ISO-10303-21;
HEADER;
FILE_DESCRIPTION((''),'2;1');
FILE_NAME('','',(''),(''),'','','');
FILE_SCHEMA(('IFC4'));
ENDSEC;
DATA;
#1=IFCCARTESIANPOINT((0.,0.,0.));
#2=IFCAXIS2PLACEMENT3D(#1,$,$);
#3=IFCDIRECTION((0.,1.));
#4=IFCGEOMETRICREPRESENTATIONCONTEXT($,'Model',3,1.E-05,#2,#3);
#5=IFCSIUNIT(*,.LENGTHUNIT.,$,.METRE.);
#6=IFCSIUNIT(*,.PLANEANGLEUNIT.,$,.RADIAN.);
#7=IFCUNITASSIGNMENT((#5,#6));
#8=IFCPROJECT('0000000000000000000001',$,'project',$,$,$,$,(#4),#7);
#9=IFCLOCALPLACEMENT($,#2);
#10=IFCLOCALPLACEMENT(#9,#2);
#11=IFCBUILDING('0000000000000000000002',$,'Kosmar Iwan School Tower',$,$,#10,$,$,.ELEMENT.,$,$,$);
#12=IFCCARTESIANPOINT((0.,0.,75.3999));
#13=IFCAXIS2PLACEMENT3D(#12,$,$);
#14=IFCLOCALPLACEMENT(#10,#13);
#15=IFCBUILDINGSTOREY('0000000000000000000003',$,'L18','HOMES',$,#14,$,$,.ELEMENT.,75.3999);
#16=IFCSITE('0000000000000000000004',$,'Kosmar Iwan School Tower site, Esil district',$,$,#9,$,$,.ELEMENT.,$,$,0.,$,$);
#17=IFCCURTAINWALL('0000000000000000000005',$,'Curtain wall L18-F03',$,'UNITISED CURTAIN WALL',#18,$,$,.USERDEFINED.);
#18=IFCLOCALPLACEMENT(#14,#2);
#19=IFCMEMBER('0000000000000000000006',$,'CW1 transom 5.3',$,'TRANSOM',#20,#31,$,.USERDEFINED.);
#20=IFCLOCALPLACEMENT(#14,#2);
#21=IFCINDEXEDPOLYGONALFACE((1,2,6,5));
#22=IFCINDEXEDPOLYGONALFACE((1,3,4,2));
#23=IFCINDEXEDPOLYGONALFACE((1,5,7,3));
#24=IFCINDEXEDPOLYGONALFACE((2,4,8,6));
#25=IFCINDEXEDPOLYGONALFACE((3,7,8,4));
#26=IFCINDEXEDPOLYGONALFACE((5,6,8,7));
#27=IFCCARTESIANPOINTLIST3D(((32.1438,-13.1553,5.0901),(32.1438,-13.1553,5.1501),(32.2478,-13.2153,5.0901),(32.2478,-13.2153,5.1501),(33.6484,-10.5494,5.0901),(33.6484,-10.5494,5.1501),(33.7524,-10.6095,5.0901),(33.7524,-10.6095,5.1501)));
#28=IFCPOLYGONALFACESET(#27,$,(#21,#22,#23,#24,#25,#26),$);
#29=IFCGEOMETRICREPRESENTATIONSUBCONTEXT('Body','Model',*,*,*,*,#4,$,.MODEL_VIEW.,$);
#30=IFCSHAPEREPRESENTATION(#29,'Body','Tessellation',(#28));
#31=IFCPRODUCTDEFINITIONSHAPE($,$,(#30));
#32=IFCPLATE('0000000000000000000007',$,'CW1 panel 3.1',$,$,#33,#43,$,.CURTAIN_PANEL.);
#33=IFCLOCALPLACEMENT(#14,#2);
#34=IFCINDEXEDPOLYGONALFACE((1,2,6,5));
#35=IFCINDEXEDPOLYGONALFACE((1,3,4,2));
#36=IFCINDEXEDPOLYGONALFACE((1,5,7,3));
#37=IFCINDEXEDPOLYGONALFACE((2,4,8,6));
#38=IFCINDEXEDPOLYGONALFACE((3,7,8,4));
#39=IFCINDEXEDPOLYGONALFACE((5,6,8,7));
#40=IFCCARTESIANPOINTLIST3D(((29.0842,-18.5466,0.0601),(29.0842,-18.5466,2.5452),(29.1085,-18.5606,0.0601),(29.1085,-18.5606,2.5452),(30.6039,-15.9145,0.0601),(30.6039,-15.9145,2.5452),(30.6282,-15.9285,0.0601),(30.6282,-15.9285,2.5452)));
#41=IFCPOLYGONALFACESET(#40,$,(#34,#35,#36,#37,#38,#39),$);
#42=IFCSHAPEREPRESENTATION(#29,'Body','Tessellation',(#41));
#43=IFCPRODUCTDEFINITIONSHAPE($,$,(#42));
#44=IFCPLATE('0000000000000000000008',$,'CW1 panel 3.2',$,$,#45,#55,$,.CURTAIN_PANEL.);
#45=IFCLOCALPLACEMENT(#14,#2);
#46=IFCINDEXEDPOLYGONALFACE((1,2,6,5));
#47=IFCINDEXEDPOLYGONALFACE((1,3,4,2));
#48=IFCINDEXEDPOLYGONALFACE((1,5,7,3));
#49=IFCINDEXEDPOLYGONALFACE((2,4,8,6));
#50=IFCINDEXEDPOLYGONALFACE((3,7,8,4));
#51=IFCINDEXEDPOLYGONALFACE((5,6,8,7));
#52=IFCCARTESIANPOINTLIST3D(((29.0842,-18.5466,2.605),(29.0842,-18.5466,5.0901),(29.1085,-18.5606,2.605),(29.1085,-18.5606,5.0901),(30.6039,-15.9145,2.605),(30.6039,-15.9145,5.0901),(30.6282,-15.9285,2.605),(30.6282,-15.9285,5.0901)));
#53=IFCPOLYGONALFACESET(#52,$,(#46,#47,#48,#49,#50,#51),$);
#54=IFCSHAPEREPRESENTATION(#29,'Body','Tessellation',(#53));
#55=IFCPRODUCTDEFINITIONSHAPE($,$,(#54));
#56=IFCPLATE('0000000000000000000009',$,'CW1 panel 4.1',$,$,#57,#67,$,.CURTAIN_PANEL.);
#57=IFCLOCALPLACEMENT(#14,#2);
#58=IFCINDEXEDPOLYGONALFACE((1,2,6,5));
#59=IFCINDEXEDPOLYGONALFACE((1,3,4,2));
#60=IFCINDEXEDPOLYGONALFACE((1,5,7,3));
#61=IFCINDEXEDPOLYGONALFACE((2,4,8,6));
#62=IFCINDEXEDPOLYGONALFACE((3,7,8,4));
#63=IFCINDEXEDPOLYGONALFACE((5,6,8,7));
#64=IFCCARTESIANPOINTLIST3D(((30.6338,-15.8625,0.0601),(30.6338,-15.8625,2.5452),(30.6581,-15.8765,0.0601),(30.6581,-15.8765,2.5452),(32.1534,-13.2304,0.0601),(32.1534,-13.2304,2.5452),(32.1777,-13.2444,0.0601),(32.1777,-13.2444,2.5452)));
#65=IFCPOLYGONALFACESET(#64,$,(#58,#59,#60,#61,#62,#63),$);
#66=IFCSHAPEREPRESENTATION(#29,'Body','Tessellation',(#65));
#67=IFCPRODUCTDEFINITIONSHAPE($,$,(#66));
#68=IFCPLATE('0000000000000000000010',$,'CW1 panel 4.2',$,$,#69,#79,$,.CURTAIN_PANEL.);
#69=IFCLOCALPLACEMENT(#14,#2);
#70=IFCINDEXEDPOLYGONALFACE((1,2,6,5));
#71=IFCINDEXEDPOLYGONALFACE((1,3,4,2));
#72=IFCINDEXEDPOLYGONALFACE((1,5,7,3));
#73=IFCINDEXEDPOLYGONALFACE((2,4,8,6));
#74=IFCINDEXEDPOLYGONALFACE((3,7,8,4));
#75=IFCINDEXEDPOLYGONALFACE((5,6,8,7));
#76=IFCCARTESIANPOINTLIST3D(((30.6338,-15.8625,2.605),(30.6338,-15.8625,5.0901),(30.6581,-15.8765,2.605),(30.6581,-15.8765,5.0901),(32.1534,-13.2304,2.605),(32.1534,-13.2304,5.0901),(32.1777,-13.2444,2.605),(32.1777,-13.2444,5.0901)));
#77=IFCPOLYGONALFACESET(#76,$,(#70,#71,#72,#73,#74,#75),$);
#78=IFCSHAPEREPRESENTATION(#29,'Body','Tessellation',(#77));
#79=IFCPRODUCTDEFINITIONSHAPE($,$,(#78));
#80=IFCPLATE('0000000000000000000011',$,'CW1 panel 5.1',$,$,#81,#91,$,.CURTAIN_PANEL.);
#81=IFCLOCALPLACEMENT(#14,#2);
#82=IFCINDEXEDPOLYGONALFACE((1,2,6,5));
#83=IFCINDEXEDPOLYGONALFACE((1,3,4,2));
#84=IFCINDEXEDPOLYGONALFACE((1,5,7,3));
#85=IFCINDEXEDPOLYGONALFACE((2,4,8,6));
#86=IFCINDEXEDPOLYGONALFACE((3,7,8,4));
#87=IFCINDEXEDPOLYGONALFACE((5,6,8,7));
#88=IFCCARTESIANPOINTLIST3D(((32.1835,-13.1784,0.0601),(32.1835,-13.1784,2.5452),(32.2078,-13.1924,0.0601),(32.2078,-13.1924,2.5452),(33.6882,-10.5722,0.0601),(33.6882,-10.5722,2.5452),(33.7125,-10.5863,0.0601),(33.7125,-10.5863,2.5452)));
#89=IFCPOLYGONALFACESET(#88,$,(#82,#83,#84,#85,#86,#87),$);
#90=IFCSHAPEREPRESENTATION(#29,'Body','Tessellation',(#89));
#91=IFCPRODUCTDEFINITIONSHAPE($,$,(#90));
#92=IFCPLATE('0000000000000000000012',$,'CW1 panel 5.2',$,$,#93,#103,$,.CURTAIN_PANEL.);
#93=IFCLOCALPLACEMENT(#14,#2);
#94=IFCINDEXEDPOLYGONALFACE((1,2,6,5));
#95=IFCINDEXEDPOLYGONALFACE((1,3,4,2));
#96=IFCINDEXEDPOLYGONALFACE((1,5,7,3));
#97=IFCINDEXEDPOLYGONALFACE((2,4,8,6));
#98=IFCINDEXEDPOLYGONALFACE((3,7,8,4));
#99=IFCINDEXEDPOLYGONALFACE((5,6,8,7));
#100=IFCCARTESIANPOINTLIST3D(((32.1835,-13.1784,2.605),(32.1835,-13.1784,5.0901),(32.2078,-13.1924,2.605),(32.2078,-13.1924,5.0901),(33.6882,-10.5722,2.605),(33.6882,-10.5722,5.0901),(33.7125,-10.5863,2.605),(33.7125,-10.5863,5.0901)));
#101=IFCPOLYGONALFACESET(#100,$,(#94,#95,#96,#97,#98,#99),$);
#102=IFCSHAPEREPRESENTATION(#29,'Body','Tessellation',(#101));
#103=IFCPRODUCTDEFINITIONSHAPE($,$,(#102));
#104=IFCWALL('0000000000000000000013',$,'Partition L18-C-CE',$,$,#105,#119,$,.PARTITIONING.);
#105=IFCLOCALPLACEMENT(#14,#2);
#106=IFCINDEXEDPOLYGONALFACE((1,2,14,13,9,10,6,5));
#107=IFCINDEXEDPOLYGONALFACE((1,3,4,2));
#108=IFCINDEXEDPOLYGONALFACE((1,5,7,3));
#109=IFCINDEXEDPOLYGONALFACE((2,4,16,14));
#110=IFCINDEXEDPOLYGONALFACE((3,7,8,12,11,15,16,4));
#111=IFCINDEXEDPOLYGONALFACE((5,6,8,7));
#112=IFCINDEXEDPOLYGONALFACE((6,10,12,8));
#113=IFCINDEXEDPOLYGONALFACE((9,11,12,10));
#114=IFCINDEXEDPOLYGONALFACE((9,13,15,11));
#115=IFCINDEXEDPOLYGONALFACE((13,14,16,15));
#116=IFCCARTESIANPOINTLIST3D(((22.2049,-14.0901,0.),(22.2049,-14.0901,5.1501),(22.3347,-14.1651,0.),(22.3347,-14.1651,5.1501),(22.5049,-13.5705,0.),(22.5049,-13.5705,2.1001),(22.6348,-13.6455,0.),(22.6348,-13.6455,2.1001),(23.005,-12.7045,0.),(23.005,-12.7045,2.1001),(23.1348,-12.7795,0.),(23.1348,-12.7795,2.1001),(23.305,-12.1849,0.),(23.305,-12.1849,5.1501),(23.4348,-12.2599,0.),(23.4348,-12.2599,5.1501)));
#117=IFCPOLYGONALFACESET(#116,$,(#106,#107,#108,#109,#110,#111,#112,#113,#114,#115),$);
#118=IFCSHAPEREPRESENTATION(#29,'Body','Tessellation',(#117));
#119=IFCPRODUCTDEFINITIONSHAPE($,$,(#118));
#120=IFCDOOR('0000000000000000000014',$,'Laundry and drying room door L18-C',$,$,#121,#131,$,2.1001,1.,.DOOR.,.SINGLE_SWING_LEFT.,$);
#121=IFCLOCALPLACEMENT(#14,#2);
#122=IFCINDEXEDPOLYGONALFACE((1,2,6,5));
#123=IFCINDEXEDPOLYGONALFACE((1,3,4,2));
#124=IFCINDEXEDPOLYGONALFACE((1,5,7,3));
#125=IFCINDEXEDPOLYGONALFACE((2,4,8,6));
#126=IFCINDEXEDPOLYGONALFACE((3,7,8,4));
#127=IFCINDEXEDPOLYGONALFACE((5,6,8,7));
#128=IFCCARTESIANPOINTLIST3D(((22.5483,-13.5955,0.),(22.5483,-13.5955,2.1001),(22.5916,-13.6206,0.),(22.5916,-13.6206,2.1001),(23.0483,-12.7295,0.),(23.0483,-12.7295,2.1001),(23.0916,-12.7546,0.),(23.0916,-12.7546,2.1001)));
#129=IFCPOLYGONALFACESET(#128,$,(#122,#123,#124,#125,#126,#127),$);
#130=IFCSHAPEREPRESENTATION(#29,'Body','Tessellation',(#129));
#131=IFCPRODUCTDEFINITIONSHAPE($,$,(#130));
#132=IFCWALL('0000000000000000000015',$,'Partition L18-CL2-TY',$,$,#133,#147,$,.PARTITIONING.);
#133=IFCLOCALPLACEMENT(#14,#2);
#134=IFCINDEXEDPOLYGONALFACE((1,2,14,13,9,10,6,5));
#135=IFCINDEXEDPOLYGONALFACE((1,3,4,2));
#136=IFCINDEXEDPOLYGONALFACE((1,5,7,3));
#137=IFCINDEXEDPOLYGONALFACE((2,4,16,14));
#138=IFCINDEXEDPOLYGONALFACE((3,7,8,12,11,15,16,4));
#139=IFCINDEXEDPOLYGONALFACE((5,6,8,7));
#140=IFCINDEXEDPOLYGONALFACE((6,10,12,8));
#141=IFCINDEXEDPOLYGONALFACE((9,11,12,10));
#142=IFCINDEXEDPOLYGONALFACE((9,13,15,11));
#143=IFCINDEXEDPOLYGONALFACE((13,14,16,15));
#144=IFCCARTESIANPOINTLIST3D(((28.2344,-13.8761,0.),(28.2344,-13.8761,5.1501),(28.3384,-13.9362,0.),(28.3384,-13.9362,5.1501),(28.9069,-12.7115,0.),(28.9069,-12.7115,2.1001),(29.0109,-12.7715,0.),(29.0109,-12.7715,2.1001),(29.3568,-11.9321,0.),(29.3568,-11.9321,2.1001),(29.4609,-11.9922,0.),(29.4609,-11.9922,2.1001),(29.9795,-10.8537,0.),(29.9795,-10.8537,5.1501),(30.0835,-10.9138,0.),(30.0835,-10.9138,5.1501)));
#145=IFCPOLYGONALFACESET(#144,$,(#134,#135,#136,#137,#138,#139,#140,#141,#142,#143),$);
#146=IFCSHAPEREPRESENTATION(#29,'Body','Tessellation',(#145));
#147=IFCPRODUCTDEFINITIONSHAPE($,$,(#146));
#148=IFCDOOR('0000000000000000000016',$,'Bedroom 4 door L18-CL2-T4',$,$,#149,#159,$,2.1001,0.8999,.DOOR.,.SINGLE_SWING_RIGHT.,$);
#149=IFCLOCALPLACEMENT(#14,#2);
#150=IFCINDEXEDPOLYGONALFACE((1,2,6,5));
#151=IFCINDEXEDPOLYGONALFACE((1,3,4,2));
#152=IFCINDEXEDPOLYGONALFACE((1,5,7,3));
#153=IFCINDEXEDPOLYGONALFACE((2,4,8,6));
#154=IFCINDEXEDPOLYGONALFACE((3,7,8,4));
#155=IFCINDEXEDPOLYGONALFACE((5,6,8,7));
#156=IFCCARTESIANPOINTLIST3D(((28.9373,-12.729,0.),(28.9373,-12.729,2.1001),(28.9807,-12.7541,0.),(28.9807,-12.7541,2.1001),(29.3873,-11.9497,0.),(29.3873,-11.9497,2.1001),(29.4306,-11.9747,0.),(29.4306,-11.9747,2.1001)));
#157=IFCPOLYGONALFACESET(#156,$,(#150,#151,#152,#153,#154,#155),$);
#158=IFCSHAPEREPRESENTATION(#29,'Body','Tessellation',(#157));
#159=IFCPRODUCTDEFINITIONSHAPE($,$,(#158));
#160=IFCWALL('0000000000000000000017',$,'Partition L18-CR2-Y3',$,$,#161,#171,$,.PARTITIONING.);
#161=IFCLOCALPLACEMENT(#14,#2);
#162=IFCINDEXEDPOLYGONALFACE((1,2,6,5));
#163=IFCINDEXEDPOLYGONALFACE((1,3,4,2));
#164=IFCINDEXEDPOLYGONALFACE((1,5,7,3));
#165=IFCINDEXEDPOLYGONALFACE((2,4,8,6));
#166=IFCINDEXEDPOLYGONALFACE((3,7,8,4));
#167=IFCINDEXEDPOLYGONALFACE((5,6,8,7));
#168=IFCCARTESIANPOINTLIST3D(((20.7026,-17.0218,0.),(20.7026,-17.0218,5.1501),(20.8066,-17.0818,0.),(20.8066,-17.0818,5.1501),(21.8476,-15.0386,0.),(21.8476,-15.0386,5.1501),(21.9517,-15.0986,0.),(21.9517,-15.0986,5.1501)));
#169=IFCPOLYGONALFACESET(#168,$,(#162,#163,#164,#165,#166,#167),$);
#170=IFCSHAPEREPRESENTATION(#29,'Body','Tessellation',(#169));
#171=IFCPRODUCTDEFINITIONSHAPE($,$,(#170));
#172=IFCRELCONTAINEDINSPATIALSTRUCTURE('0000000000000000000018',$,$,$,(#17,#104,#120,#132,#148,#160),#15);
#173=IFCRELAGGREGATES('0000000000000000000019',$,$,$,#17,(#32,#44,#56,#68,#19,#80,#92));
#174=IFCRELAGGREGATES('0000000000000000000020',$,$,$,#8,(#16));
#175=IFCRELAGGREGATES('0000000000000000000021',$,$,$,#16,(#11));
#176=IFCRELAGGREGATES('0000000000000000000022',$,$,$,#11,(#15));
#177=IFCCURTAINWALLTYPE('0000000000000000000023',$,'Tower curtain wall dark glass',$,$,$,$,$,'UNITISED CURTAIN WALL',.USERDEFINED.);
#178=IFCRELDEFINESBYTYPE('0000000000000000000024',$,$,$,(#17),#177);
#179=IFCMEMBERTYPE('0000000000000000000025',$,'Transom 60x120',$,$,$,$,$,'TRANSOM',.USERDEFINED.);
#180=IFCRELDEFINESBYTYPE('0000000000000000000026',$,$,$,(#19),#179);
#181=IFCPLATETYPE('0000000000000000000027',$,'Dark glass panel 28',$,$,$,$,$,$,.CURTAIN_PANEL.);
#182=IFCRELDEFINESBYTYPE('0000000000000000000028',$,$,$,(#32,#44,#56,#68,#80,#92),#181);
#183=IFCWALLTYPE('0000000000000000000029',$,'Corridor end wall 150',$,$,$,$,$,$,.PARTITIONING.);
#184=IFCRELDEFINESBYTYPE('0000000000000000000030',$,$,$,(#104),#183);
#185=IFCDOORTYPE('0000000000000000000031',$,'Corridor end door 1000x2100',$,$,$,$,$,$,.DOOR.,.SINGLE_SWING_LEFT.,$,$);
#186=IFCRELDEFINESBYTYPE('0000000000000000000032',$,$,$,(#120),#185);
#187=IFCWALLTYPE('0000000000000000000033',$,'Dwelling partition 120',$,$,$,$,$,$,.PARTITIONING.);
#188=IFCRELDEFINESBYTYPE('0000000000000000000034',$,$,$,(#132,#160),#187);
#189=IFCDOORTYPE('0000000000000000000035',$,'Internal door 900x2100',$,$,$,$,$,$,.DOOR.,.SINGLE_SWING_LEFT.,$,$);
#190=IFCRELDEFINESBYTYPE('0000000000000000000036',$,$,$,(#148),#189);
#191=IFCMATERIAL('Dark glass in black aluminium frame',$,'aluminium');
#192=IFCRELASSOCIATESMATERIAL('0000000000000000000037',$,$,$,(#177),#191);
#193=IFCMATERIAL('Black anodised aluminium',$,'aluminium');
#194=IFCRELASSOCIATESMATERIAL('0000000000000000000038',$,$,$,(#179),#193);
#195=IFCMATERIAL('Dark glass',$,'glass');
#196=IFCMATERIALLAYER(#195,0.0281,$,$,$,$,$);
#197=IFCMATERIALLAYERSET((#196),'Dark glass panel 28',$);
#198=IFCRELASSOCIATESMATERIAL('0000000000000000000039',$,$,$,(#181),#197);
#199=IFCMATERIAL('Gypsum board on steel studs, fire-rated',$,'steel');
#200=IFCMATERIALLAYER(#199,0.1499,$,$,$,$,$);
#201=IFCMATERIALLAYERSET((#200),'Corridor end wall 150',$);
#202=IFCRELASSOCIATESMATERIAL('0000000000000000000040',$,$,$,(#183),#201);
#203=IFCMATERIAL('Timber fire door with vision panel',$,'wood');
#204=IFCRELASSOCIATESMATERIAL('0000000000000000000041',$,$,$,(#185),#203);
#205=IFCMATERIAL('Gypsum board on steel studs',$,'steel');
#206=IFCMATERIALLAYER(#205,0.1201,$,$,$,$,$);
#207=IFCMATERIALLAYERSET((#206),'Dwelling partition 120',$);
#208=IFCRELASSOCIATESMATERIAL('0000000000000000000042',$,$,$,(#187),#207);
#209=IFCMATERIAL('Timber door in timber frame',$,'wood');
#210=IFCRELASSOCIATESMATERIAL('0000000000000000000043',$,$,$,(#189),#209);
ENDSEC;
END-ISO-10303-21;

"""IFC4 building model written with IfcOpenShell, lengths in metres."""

from ifc_helpers import new_model, si_unit, direction, frame, frame_2d, origin, origin_2d, place, context, subcontext, project, spatial, rectangle, extrude, material, layer, layer_set, material_profile, profile_set, type_object, element, fill, aggregate, save


model = new_model("IFC4")

# Units and contexts
model_context = context("Model", 3, precision=1e-05, world=origin(), true_north=direction((0.0, 1.0)))
body_context = subcontext(model_context, "Body", "Model", "MODEL_VIEW")
ifc_project = project(units=[si_unit("LENGTHUNIT", "METRE"), si_unit("PLANEANGLEUNIT", "RADIAN")], contexts=[model_context])

# Site, building, storey
site_placement = place(None, origin())
site = spatial("IfcSite", under=ifc_project, at=site_placement, Name="Kosmar Iwan School Tower site, Esil district", CompositionType="ELEMENT", RefElevation=0.0)
building_placement = place(site_placement, origin())
building = spatial("IfcBuilding", under=site, at=building_placement, Name="Kosmar Iwan School Tower", CompositionType="ELEMENT")
storey_placement = place(building_placement, frame((0.0, 0.0, 75.3999)))
storey = spatial("IfcBuildingStorey", under=building, at=storey_placement, Name="L18", Description="HOMES", CompositionType="ELEMENT", Elevation=75.3999)

# Curtain wall, member, plates
ifc_material_1 = material(Name="Dark glass in black aluminium frame", Category="aluminium")
curtain_wall_type = type_object("IfcCurtainWallType", Name="Tower curtain wall dark glass", ElementType="UNITISED CURTAIN WALL", PredefinedType="USERDEFINED", material=ifc_material_1)
curtain_wall_placement = place(storey_placement, origin())
curtain_wall = element("IfcCurtainWall", 1, at=curtain_wall_placement, inside=storey, type_object=curtain_wall_type, Name="Curtain wall L18-F03", ObjectType="UNITISED CURTAIN WALL", PredefinedType="USERDEFINED")
ifc_material_2 = material(Name="Black anodised aluminium", Category="aluminium")
ifc_material_profile_1 = material_profile(ifc_material_2, rectangle(XDim=0.1201, YDim=0.0601, at=origin_2d()), Name="TRANSOM 60x120")
ifc_profile_set_1 = profile_set([ifc_material_profile_1], Name="Black anodised aluminium")
member_type_1 = type_object("IfcMemberType", Name="Transom 60x120", ElementType="TRANSOM", PredefinedType="USERDEFINED", material=ifc_profile_set_1)
member_1_placement = place(storey_placement, frame((32.1958, -13.1853, 5.1201), z_axis=(0.500022, 0.866013, 0.0), x_axis=(-0.866013, 0.500022, 0.0)))
member_1 = element("IfcMember", 2, at=member_1_placement, type_object=member_type_1, Name="CW1 transom 5.3", ObjectType="TRANSOM", PredefinedType="USERDEFINED", context=body_context, shape_type="SweptSolid", body=[
    extrude(rectangle(XDim=0.1201, YDim=0.0601, at=origin_2d()), origin(), (0.0, 0.0, 1.0), 3.009),
])
ifc_material_3 = material(Name="Dark glass", Category="glass")
ifc_layer_1 = layer(ifc_material_3, 0.0281)
ifc_layer_set_1 = layer_set([ifc_layer_1], Name="Dark glass panel 28")
plate_type = type_object("IfcPlateType", Name="Dark glass panel 28", PredefinedType="CURTAIN_PANEL", material=ifc_layer_set_1)
plate_1_placement = place(storey_placement, frame((29.8562, -17.2375, 0.0601), z_axis=(0.0, 0.0, 1.0), x_axis=(0.5, 0.866025, 0.0)))
plate_1 = element("IfcPlate", 3, at=plate_1_placement, type_object=plate_type, Name="CW1 panel 3.1", PredefinedType="CURTAIN_PANEL", context=body_context, shape_type="SweptSolid", body=[
    extrude(rectangle(XDim=3.0393, YDim=0.0281, at=origin_2d()), origin(), (0.0, 0.0, 1.0), 2.4851),
])
plate_2_placement = place(storey_placement, frame((29.8562, -17.2375, 2.605), z_axis=(0.0, 0.0, 1.0), x_axis=(0.5, 0.866025, 0.0)))
plate_2 = element("IfcPlate", 4, at=plate_2_placement, type_object=plate_type, Name="CW1 panel 3.2", PredefinedType="CURTAIN_PANEL", context=body_context, shape_type="SweptSolid", body=[
    extrude(rectangle(XDim=3.0393, YDim=0.0281, at=origin_2d()), origin(), (0.0, 0.0, 1.0), 2.4851),
])
plate_3_placement = place(storey_placement, frame((31.4058, -14.5535, 0.0601), z_axis=(0.0, 0.0, 1.0), x_axis=(0.5, 0.866025, 0.0)))
plate_3 = element("IfcPlate", 5, at=plate_3_placement, type_object=plate_type, Name="CW1 panel 4.1", PredefinedType="CURTAIN_PANEL", context=body_context, shape_type="SweptSolid", body=[
    extrude(rectangle(XDim=3.0393, YDim=0.0281, at=origin_2d()), origin(), (0.0, 0.0, 1.0), 2.4851),
])
plate_4_placement = place(storey_placement, frame((31.4058, -14.5535, 2.605), z_axis=(0.0, 0.0, 1.0), x_axis=(0.5, 0.866025, 0.0)))
plate_4 = element("IfcPlate", 6, at=plate_4_placement, type_object=plate_type, Name="CW1 panel 4.2", PredefinedType="CURTAIN_PANEL", context=body_context, shape_type="SweptSolid", body=[
    extrude(rectangle(XDim=3.0393, YDim=0.0281, at=origin_2d()), origin(), (0.0, 0.0, 1.0), 2.4851),
])
plate_5_placement = place(storey_placement, frame((32.948, -11.8823, 0.0601), z_axis=(0.0, 0.0, 1.0), x_axis=(0.5, 0.866025, 0.0)))
plate_5 = element("IfcPlate", 7, at=plate_5_placement, type_object=plate_type, Name="CW1 panel 5.1", PredefinedType="CURTAIN_PANEL", context=body_context, shape_type="SweptSolid", body=[
    extrude(rectangle(XDim=3.0093, YDim=0.0281, at=origin_2d()), origin(), (0.0, 0.0, 1.0), 2.4851),
])
plate_6_placement = place(storey_placement, frame((32.948, -11.8823, 2.605), z_axis=(0.0, 0.0, 1.0), x_axis=(0.5, 0.866025, 0.0)))
plate_6 = element("IfcPlate", 8, at=plate_6_placement, type_object=plate_type, Name="CW1 panel 5.2", PredefinedType="CURTAIN_PANEL", context=body_context, shape_type="SweptSolid", body=[
    extrude(rectangle(XDim=3.0093, YDim=0.0281, at=origin_2d()), origin(), (0.0, 0.0, 1.0), 2.4851),
])
aggregate(curtain_wall, [plate_1, plate_2, plate_3, plate_4, member_1, plate_5, plate_6])

# Walls, openings, doors
ifc_material_4 = material(Name="Gypsum board on steel studs, fire-rated", Category="steel")
ifc_layer_2 = layer(ifc_material_4, 0.1499)
ifc_layer_set_2 = layer_set([ifc_layer_2], Name="Corridor end wall 150")
wall_type_1 = type_object("IfcWallType", Name="Corridor end wall 150", PredefinedType="PARTITIONING", material=ifc_layer_set_2)
wall_1_placement = place(storey_placement, frame((22.2698, -14.1277, 0.0), z_axis=(0.0, 0.0, 1.0), x_axis=(0.50003, 0.866008, 0.0)))
wall_1 = element("IfcWall", 9, at=wall_1_placement, inside=storey, type_object=wall_type_1, Name="Partition L18-C-CE", PredefinedType="PARTITIONING", context=body_context, shape_type="SweptSolid", body=[
    extrude(rectangle(XDim=2.2, YDim=0.1499, at=frame_2d((1.1001, 0.0))), origin(), (0.0, 0.0, 1.0), 5.1501),
])
opening_1_placement = place(wall_1_placement, frame((0.6001, 0.0, 0.0)))
opening_1 = element("IfcOpeningElement", 10, at=opening_1_placement, cuts=wall_1, PredefinedType="OPENING", context=body_context, shape_type="SweptSolid", body=[
    extrude(rectangle(XDim=1.0, YDim=2.1001, at=frame_2d((0.5, 1.05))), frame((0.0, 0.0869, 0.0), z_axis=(0.0, -1.0, 0.0), x_axis=(1.0, 0.0, 0.0)), (0.0, 0.0, 1.0), 0.1738),
])
ifc_material_5 = material(Name="Timber fire door with vision panel", Category="wood")
door_type_1 = type_object("IfcDoorType", Name="Corridor end door 1000x2100", OperationType="SINGLE_SWING_LEFT", PredefinedType="DOOR", material=ifc_material_5)
door_1_placement = place(opening_1_placement, origin())
door_1 = element("IfcDoor", 11, at=door_1_placement, inside=storey, type_object=door_type_1, Name="Laundry and drying room door L18-C", OperationType="SINGLE_SWING_LEFT", OverallHeight=2.1001, OverallWidth=1.0, PredefinedType="DOOR", context=body_context, shape_type="SweptSolid", body=[
    extrude(rectangle(XDim=1.0, YDim=2.1001, at=frame_2d((0.5, 1.05))), frame((0.0, 0.0249, 0.0), z_axis=(0.0, -1.0, 0.0), x_axis=(1.0, 0.0, 0.0)), (0.0, 0.0, 1.0), 0.05),
])
fill(opening_1, door_1)
ifc_material_6 = material(Name="Gypsum board on steel studs", Category="steel")
ifc_layer_3 = layer(ifc_material_6, 0.1201)
ifc_layer_set_3 = layer_set([ifc_layer_3], Name="Dwelling partition 120")
wall_type_2 = type_object("IfcWallType", Name="Dwelling partition 120", PredefinedType="PARTITIONING", material=ifc_layer_set_3)
wall_2_placement = place(storey_placement, frame((28.2864, -13.9062, 0.0), z_axis=(0.0, 0.0, 1.0), x_axis=(0.500021, 0.866013, 0.0)))
wall_2 = element("IfcWall", 12, at=wall_2_placement, inside=storey, type_object=wall_type_2, Name="Partition L18-CL2-TY", PredefinedType="PARTITIONING", context=body_context, shape_type="SweptSolid", body=[
    extrude(rectangle(XDim=3.49, YDim=0.1201, at=frame_2d((1.7451, 0.0))), origin(), (0.0, 0.0, 1.0), 5.1501),
])
opening_2_placement = place(wall_2_placement, frame((1.345, 0.0, 0.0)))
opening_2 = element("IfcOpeningElement", 13, at=opening_2_placement, cuts=wall_2, PredefinedType="OPENING", context=body_context, shape_type="SweptSolid", body=[
    extrude(rectangle(XDim=0.8999, YDim=2.1001, at=frame_2d((0.45, 1.05))), frame((0.0, 0.072, 0.0), z_axis=(0.0, -1.0, 0.0), x_axis=(1.0, 0.0, 0.0)), (0.0, 0.0, 1.0), 0.144),
])
ifc_material_7 = material(Name="Timber door in timber frame", Category="wood")
door_type_2 = type_object("IfcDoorType", Name="Internal door 900x2100", OperationType="SINGLE_SWING_LEFT", PredefinedType="DOOR", material=ifc_material_7)
door_2_placement = place(opening_2_placement, origin())
door_2 = element("IfcDoor", 14, at=door_2_placement, inside=storey, type_object=door_type_2, Name="Bedroom 4 door L18-CL2-T4", OperationType="SINGLE_SWING_RIGHT", OverallHeight=2.1001, OverallWidth=0.8999, PredefinedType="DOOR", context=body_context, shape_type="SweptSolid", body=[
    extrude(rectangle(XDim=0.8999, YDim=2.1001, at=frame_2d((0.45, 1.05))), frame((0.0, 0.0249, 0.0), z_axis=(0.0, -1.0, 0.0), x_axis=(1.0, 0.0, 0.0)), (0.0, 0.0, 1.0), 0.05),
])
fill(opening_2, door_2)

# Wall
wall_3_placement = place(storey_placement, frame((21.8997, -15.0686, 0.0), z_axis=(0.0, 0.0, 1.0), x_axis=(-0.500015, -0.866017, 0.0)))
element("IfcWall", 15, at=wall_3_placement, inside=storey, type_object=wall_type_2, Name="Partition L18-CR2-Y3", PredefinedType="PARTITIONING", context=body_context, shape_type="SweptSolid", body=[
    extrude(rectangle(XDim=2.29, YDim=0.1201, at=frame_2d((1.145, 0.0))), origin(), (0.0, 0.0, 1.0), 5.1501),
])

save(model, "model.ifc")
